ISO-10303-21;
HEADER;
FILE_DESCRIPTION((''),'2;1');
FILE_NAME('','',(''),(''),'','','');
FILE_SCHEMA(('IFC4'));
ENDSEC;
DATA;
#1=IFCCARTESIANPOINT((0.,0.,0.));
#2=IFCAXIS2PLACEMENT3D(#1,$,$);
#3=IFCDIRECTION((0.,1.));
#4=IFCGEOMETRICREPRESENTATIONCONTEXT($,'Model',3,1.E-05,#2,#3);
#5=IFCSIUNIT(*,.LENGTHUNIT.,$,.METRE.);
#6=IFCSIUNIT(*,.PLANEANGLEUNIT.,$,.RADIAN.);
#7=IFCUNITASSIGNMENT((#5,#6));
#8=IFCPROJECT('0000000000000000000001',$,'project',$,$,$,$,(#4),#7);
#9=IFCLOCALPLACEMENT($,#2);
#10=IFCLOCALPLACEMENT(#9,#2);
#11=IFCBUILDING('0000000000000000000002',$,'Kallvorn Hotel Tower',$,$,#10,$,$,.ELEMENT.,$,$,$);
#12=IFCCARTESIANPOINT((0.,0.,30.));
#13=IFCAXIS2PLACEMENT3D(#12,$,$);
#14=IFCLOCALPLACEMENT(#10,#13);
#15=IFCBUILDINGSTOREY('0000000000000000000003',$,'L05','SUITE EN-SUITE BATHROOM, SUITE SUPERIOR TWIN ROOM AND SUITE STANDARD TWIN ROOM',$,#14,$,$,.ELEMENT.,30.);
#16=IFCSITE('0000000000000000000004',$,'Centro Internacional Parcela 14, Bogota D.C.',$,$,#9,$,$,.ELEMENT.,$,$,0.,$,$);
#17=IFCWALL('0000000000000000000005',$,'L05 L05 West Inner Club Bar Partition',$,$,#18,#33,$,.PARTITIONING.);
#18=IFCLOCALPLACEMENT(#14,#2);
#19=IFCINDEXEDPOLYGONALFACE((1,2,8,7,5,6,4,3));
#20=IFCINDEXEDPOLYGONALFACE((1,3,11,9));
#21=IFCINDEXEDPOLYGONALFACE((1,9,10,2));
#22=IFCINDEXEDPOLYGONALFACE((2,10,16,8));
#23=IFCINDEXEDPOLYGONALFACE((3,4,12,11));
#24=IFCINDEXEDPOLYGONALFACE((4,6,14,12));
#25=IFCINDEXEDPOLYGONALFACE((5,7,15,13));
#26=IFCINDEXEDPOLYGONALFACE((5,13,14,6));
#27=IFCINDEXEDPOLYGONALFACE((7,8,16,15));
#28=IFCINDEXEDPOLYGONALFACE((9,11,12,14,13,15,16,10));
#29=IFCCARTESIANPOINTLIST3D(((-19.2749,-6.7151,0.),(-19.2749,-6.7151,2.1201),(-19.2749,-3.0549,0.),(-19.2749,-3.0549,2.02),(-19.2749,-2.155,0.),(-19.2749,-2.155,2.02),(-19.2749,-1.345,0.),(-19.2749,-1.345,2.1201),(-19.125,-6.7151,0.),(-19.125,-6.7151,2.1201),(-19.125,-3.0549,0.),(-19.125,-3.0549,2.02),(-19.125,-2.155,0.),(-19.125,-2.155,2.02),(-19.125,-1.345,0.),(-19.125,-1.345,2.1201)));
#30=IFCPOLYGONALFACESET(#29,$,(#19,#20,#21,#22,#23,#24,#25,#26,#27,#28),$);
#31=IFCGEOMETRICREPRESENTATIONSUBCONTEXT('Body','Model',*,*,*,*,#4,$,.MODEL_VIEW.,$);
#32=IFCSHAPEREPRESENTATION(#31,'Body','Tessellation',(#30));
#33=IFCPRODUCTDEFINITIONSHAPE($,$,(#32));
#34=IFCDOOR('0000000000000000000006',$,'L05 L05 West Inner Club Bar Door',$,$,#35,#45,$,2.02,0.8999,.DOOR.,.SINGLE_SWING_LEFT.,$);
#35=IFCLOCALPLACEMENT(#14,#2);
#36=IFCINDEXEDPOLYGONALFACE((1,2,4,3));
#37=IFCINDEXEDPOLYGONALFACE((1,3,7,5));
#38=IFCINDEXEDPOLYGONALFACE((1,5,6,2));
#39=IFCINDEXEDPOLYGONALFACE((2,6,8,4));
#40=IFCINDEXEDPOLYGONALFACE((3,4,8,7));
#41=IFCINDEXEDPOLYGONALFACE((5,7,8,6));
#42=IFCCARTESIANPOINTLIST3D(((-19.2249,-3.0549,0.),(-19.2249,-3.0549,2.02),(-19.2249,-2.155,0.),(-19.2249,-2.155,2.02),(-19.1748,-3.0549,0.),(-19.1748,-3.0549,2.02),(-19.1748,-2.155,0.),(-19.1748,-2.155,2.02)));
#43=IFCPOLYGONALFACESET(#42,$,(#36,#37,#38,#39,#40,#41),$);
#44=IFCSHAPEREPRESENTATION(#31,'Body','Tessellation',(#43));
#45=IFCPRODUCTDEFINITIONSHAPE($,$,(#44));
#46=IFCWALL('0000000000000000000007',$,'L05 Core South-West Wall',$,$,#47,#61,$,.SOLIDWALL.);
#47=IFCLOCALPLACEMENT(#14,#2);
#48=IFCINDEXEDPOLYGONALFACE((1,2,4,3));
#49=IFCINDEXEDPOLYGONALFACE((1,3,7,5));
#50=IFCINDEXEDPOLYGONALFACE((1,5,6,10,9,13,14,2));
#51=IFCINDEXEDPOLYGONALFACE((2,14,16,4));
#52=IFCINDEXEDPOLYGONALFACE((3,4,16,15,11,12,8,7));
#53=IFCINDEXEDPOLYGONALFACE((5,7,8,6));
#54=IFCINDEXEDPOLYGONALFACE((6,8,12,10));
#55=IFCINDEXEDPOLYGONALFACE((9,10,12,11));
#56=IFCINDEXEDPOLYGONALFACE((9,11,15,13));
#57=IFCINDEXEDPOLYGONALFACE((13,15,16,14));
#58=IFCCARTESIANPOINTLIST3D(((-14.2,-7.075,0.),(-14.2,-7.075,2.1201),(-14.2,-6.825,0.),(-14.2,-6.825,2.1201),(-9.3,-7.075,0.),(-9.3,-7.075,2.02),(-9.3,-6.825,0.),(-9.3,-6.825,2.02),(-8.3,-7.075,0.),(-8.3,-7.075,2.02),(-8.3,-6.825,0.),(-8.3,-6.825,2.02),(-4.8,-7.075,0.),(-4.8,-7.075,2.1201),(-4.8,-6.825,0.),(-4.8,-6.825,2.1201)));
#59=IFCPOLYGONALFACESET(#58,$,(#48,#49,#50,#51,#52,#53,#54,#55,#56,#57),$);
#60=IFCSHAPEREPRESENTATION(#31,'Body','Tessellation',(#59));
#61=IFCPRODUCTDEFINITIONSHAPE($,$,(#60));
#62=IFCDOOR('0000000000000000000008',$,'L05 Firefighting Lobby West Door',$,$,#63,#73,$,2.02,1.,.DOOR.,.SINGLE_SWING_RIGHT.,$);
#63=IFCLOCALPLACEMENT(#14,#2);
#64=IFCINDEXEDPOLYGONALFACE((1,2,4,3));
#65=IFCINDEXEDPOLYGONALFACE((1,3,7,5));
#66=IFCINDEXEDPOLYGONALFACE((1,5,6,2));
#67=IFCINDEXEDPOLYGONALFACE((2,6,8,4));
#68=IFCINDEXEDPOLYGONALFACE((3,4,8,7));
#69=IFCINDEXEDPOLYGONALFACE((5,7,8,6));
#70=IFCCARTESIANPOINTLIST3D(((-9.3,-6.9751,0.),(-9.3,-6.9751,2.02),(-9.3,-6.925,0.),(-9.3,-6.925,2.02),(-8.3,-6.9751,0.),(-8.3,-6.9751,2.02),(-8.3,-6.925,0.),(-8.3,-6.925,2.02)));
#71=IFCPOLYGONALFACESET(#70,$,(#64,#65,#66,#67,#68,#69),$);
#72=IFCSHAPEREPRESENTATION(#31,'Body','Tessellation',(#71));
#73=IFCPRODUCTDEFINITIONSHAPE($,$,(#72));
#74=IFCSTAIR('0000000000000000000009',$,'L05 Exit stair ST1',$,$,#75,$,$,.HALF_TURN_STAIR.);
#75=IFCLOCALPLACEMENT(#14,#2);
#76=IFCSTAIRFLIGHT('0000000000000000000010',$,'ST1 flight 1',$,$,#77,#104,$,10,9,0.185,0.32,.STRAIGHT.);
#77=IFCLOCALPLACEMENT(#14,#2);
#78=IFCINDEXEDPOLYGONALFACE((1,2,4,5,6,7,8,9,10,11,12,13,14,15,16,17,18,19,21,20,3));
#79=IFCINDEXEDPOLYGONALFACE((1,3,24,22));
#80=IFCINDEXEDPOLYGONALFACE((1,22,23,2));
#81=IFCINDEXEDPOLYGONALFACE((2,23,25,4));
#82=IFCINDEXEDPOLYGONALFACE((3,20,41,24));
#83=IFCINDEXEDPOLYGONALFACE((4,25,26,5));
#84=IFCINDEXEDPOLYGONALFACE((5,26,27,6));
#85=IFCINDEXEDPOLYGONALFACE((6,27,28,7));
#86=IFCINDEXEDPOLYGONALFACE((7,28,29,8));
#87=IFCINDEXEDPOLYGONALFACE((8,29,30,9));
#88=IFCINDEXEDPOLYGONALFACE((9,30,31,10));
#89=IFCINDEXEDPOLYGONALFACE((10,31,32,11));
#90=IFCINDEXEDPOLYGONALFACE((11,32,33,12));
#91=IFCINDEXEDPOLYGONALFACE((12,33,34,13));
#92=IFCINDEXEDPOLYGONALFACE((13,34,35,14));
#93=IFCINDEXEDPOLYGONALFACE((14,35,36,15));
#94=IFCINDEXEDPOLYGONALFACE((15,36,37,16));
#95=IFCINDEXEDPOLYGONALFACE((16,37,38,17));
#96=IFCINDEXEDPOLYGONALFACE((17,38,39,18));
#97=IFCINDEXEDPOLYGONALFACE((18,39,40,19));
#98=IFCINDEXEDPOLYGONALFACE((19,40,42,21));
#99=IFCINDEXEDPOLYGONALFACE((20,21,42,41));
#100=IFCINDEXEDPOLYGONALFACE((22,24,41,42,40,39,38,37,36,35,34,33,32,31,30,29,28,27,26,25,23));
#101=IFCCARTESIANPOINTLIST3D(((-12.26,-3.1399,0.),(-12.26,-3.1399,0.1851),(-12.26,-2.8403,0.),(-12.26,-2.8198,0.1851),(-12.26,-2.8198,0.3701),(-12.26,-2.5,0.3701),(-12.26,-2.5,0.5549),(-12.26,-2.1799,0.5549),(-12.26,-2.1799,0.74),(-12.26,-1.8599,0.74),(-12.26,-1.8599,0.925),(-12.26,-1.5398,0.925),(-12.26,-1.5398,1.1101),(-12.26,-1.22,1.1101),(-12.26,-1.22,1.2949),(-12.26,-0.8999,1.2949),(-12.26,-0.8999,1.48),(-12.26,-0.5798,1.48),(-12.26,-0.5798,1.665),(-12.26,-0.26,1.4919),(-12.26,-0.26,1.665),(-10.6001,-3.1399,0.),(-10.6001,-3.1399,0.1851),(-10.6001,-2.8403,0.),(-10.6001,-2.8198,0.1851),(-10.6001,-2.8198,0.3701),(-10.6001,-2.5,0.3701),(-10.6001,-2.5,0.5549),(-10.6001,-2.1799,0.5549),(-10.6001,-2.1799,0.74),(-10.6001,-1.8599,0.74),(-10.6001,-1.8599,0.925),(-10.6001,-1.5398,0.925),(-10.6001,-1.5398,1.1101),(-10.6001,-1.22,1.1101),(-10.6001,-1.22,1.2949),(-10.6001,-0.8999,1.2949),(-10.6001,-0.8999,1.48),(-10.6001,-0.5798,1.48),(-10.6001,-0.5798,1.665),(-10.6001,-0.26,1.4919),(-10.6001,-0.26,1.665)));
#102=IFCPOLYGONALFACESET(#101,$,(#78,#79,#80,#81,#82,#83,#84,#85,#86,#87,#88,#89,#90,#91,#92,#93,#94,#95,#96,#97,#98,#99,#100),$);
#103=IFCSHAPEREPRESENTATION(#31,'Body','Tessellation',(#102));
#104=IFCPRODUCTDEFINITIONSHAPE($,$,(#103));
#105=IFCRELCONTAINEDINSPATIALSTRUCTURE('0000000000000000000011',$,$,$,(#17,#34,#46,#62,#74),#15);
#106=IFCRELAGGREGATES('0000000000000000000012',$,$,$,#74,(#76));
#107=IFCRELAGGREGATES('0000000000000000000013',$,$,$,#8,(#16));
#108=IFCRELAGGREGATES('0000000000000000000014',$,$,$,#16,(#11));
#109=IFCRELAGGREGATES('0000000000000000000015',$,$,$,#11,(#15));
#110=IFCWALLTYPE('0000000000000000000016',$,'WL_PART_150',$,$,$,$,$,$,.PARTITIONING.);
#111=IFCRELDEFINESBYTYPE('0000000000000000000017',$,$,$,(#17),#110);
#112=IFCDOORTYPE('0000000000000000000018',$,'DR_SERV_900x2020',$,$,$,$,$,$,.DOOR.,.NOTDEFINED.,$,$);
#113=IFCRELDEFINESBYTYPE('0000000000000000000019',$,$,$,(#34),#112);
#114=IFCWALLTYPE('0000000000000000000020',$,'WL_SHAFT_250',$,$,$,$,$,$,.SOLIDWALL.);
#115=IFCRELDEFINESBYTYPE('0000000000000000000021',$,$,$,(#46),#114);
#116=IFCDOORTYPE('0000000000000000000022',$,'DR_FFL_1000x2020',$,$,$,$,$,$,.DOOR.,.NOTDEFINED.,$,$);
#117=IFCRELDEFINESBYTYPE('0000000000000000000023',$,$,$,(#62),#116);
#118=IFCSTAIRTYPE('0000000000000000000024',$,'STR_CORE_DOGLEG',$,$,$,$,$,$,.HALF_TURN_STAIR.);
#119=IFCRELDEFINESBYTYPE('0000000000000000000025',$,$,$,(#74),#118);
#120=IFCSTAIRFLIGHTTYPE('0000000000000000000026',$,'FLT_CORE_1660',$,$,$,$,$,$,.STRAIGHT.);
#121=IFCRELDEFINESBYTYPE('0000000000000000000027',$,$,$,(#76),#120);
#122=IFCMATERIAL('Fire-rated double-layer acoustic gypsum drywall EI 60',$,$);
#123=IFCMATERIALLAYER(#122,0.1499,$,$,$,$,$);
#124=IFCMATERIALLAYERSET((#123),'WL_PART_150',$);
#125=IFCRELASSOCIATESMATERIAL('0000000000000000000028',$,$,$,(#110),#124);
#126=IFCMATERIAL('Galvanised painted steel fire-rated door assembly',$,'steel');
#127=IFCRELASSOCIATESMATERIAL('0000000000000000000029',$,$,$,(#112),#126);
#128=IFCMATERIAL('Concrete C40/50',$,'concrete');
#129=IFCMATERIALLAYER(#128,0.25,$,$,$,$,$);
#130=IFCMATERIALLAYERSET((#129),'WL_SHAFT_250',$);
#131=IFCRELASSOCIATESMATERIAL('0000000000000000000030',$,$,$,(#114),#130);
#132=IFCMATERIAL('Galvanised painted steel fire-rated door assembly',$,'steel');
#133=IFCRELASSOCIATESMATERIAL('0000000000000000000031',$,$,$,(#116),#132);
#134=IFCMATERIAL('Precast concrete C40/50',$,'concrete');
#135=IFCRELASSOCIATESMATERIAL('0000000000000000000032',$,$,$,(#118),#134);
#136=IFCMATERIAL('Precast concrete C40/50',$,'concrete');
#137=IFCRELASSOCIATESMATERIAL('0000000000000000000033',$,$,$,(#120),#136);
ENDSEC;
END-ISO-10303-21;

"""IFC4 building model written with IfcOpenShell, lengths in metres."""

from ifc_helpers import new_model, si_unit, direction, frame, frame_2d, origin, place, context, subcontext, project, spatial, polyline, rectangle, outline, extrude, material, layer, layer_set, type_object, element, fill, aggregate, save


model = new_model("IFC4")

# Units and contexts
model_context = context("Model", 3, precision=1e-05, world=origin(), true_north=direction((0.0, 1.0)))
body_context = subcontext(model_context, "Body", "Model", "MODEL_VIEW")
ifc_project = project(units=[si_unit("LENGTHUNIT", "METRE"), si_unit("PLANEANGLEUNIT", "RADIAN")], contexts=[model_context])

# Site, building, storey
site_placement = place(None, origin())
site = spatial("IfcSite", under=ifc_project, at=site_placement, Name="Centro Internacional Parcela 14, Bogota D.C.", CompositionType="ELEMENT", RefElevation=0.0)
building_placement = place(site_placement, origin())
building = spatial("IfcBuilding", under=site, at=building_placement, Name="Kallvorn Hotel Tower", CompositionType="ELEMENT")
storey_placement = place(building_placement, frame((0.0, 0.0, 30.0)))
storey = spatial("IfcBuildingStorey", under=building, at=storey_placement, Name="L05", Description="SUITE EN-SUITE BATHROOM, SUITE SUPERIOR TWIN ROOM AND SUITE STANDARD TWIN ROOM", CompositionType="ELEMENT", Elevation=30.0)

# Walls, openings, doors
ifc_material_1 = material(Name="Fire-rated double-layer acoustic gypsum drywall EI 60")
ifc_layer_1 = layer(ifc_material_1, 0.1499)
ifc_layer_set_1 = layer_set([ifc_layer_1], Name="WL_PART_150")
wall_type_1 = type_object("IfcWallType", Name="WL_PART_150", PredefinedType="PARTITIONING", material=ifc_layer_set_1)
wall_1_placement = place(storey_placement, frame((-19.2, -6.7151, 0.0), z_axis=(0.0, 0.0, 1.0), x_axis=(0.0, 1.0, 0.0)))
wall_1 = element("IfcWall", 1, at=wall_1_placement, inside=storey, type_object=wall_type_1, Name="L05 L05 West Inner Club Bar Partition", PredefinedType="PARTITIONING", context=body_context, shape_type="SweptSolid", body=[
    extrude(rectangle(XDim=5.3701, YDim=0.1499, at=frame_2d((2.6851, 0.0))), origin(), (0.0, 0.0, 1.0), 2.1201),
])
opening_1_placement = place(wall_1_placement, frame((3.6602, 0.0, 0.0)))
opening_1 = element("IfcOpeningElement", 2, at=opening_1_placement, cuts=wall_1, PredefinedType="OPENING", context=body_context, shape_type="SweptSolid", body=[
    extrude(rectangle(XDim=0.8999, YDim=2.02, at=frame_2d((0.45, 1.01))), frame((0.0, 0.0898, 0.0), z_axis=(0.0, -1.0, 0.0), x_axis=(1.0, 0.0, 0.0)), (0.0, 0.0, 1.0), 0.1799),
])
ifc_material_2 = material(Name="Galvanised painted steel fire-rated door assembly", Category="steel")
door_type_1 = type_object("IfcDoorType", Name="DR_SERV_900x2020", OperationType="NOTDEFINED", PredefinedType="DOOR", material=ifc_material_2)
door_1_placement = place(opening_1_placement, origin())
door_1 = element("IfcDoor", 3, at=door_1_placement, inside=storey, type_object=door_type_1, Name="L05 L05 West Inner Club Bar Door", OperationType="SINGLE_SWING_LEFT", OverallHeight=2.02, OverallWidth=0.8999, PredefinedType="DOOR", context=body_context, shape_type="SweptSolid", body=[
    extrude(rectangle(XDim=0.8999, YDim=2.02, at=frame_2d((0.45, 1.01))), frame((0.0, 0.0249, 0.0), z_axis=(0.0, -1.0, 0.0), x_axis=(1.0, 0.0, 0.0)), (0.0, 0.0, 1.0), 0.05),
])
fill(opening_1, door_1)
ifc_material_3 = material(Name="Concrete C40/50", Category="concrete")
ifc_layer_2 = layer(ifc_material_3, 0.25)
ifc_layer_set_2 = layer_set([ifc_layer_2], Name="WL_SHAFT_250")
wall_type_2 = type_object("IfcWallType", Name="WL_SHAFT_250", PredefinedType="SOLIDWALL", material=ifc_layer_set_2)
wall_2_placement = place(storey_placement, frame((-14.2, -6.95, 0.0), z_axis=(0.0, 0.0, 1.0), x_axis=(1.0, 0.0, 0.0)))
wall_2 = element("IfcWall", 4, at=wall_2_placement, inside=storey, type_object=wall_type_2, Name="L05 Core South-West Wall", PredefinedType="SOLIDWALL", context=body_context, shape_type="SweptSolid", body=[
    extrude(rectangle(XDim=9.3999, YDim=0.25, at=frame_2d((4.7, 0.0))), origin(), (0.0, 0.0, 1.0), 2.1201),
])
opening_2_placement = place(wall_2_placement, frame((4.8999, 0.0, 0.0)))
opening_2 = element("IfcOpeningElement", 5, at=opening_2_placement, cuts=wall_2, PredefinedType="OPENING", context=body_context, shape_type="SweptSolid", body=[
    extrude(rectangle(XDim=1.0, YDim=2.02, at=frame_2d((0.5, 1.01))), frame((0.0, 0.1399, 0.0), z_axis=(0.0, -1.0, 0.0), x_axis=(1.0, 0.0, 0.0)), (0.0, 0.0, 1.0), 0.28),
])
ifc_material_4 = material(Name="Galvanised painted steel fire-rated door assembly", Category="steel")
door_type_2 = type_object("IfcDoorType", Name="DR_FFL_1000x2020", OperationType="NOTDEFINED", PredefinedType="DOOR", material=ifc_material_4)
door_2_placement = place(opening_2_placement, origin())
door_2 = element("IfcDoor", 6, at=door_2_placement, inside=storey, type_object=door_type_2, Name="L05 Firefighting Lobby West Door", OperationType="SINGLE_SWING_RIGHT", OverallHeight=2.02, OverallWidth=1.0, PredefinedType="DOOR", context=body_context, shape_type="SweptSolid", body=[
    extrude(rectangle(XDim=1.0, YDim=2.02, at=frame_2d((0.5, 1.01))), frame((0.0, 0.0249, 0.0), z_axis=(0.0, -1.0, 0.0), x_axis=(1.0, 0.0, 0.0)), (0.0, 0.0, 1.0), 0.05),
])
fill(opening_2, door_2)

# Stair, stair flight
ifc_material_5 = material(Name="Precast concrete C40/50", Category="concrete")
stair_type = type_object("IfcStairType", Name="STR_CORE_DOGLEG", PredefinedType="HALF_TURN_STAIR", material=ifc_material_5)
stair_placement = place(storey_placement, origin())
stair = element("IfcStair", 7, at=stair_placement, inside=storey, type_object=stair_type, Name="L05 Exit stair ST1", PredefinedType="HALF_TURN_STAIR")
ifc_material_6 = material(Name="Precast concrete C40/50", Category="concrete")
stair_flight_type = type_object("IfcStairFlightType", Name="FLT_CORE_1660", PredefinedType="STRAIGHT", material=ifc_material_6)
stair_flight_placement = place(storey_placement, frame((-11.4299, -3.1399, 0.0), z_axis=(0.0, 0.0, 1.0), x_axis=(0.0, 1.0, 0.0)))
stair_flight = element("IfcStairFlight", 8, at=stair_flight_placement, type_object=stair_flight_type, Name="ST1 flight 1", NumberOfRisers=10, NumberOfTreads=9, PredefinedType="STRAIGHT", RiserHeight=0.185, TreadLength=0.32, context=body_context, shape_type="SweptSolid", body=[
    extrude(outline(polyline([(0.0, 0.0), (0.0, 0.1851), (0.3201, 0.1851), (0.3201, 0.3701), (0.6399, 0.3701), (0.6399, 0.5549), (0.96, 0.5549), (0.96, 0.74), (1.28, 0.74), (1.28, 0.925), (1.6001, 0.925), (1.6001, 1.1101), (1.9199, 1.1101), (1.9199, 1.2949), (2.24, 1.2949), (2.24, 1.48), (2.5601, 1.48), (2.5601, 1.665), (2.8799, 1.665), (2.8799, 1.8501), (2.8799, 1.4919), (0.2996, 0.0), (0.0, 0.0)])), frame((0.0, 0.8301, 0.0), z_axis=(0.0, -1.0, 0.0), x_axis=(1.0, 0.0, 0.0)), (0.0, 0.0, 1.0), 1.6599),
])
aggregate(stair, [stair_flight])

save(model, "model.ifc")
